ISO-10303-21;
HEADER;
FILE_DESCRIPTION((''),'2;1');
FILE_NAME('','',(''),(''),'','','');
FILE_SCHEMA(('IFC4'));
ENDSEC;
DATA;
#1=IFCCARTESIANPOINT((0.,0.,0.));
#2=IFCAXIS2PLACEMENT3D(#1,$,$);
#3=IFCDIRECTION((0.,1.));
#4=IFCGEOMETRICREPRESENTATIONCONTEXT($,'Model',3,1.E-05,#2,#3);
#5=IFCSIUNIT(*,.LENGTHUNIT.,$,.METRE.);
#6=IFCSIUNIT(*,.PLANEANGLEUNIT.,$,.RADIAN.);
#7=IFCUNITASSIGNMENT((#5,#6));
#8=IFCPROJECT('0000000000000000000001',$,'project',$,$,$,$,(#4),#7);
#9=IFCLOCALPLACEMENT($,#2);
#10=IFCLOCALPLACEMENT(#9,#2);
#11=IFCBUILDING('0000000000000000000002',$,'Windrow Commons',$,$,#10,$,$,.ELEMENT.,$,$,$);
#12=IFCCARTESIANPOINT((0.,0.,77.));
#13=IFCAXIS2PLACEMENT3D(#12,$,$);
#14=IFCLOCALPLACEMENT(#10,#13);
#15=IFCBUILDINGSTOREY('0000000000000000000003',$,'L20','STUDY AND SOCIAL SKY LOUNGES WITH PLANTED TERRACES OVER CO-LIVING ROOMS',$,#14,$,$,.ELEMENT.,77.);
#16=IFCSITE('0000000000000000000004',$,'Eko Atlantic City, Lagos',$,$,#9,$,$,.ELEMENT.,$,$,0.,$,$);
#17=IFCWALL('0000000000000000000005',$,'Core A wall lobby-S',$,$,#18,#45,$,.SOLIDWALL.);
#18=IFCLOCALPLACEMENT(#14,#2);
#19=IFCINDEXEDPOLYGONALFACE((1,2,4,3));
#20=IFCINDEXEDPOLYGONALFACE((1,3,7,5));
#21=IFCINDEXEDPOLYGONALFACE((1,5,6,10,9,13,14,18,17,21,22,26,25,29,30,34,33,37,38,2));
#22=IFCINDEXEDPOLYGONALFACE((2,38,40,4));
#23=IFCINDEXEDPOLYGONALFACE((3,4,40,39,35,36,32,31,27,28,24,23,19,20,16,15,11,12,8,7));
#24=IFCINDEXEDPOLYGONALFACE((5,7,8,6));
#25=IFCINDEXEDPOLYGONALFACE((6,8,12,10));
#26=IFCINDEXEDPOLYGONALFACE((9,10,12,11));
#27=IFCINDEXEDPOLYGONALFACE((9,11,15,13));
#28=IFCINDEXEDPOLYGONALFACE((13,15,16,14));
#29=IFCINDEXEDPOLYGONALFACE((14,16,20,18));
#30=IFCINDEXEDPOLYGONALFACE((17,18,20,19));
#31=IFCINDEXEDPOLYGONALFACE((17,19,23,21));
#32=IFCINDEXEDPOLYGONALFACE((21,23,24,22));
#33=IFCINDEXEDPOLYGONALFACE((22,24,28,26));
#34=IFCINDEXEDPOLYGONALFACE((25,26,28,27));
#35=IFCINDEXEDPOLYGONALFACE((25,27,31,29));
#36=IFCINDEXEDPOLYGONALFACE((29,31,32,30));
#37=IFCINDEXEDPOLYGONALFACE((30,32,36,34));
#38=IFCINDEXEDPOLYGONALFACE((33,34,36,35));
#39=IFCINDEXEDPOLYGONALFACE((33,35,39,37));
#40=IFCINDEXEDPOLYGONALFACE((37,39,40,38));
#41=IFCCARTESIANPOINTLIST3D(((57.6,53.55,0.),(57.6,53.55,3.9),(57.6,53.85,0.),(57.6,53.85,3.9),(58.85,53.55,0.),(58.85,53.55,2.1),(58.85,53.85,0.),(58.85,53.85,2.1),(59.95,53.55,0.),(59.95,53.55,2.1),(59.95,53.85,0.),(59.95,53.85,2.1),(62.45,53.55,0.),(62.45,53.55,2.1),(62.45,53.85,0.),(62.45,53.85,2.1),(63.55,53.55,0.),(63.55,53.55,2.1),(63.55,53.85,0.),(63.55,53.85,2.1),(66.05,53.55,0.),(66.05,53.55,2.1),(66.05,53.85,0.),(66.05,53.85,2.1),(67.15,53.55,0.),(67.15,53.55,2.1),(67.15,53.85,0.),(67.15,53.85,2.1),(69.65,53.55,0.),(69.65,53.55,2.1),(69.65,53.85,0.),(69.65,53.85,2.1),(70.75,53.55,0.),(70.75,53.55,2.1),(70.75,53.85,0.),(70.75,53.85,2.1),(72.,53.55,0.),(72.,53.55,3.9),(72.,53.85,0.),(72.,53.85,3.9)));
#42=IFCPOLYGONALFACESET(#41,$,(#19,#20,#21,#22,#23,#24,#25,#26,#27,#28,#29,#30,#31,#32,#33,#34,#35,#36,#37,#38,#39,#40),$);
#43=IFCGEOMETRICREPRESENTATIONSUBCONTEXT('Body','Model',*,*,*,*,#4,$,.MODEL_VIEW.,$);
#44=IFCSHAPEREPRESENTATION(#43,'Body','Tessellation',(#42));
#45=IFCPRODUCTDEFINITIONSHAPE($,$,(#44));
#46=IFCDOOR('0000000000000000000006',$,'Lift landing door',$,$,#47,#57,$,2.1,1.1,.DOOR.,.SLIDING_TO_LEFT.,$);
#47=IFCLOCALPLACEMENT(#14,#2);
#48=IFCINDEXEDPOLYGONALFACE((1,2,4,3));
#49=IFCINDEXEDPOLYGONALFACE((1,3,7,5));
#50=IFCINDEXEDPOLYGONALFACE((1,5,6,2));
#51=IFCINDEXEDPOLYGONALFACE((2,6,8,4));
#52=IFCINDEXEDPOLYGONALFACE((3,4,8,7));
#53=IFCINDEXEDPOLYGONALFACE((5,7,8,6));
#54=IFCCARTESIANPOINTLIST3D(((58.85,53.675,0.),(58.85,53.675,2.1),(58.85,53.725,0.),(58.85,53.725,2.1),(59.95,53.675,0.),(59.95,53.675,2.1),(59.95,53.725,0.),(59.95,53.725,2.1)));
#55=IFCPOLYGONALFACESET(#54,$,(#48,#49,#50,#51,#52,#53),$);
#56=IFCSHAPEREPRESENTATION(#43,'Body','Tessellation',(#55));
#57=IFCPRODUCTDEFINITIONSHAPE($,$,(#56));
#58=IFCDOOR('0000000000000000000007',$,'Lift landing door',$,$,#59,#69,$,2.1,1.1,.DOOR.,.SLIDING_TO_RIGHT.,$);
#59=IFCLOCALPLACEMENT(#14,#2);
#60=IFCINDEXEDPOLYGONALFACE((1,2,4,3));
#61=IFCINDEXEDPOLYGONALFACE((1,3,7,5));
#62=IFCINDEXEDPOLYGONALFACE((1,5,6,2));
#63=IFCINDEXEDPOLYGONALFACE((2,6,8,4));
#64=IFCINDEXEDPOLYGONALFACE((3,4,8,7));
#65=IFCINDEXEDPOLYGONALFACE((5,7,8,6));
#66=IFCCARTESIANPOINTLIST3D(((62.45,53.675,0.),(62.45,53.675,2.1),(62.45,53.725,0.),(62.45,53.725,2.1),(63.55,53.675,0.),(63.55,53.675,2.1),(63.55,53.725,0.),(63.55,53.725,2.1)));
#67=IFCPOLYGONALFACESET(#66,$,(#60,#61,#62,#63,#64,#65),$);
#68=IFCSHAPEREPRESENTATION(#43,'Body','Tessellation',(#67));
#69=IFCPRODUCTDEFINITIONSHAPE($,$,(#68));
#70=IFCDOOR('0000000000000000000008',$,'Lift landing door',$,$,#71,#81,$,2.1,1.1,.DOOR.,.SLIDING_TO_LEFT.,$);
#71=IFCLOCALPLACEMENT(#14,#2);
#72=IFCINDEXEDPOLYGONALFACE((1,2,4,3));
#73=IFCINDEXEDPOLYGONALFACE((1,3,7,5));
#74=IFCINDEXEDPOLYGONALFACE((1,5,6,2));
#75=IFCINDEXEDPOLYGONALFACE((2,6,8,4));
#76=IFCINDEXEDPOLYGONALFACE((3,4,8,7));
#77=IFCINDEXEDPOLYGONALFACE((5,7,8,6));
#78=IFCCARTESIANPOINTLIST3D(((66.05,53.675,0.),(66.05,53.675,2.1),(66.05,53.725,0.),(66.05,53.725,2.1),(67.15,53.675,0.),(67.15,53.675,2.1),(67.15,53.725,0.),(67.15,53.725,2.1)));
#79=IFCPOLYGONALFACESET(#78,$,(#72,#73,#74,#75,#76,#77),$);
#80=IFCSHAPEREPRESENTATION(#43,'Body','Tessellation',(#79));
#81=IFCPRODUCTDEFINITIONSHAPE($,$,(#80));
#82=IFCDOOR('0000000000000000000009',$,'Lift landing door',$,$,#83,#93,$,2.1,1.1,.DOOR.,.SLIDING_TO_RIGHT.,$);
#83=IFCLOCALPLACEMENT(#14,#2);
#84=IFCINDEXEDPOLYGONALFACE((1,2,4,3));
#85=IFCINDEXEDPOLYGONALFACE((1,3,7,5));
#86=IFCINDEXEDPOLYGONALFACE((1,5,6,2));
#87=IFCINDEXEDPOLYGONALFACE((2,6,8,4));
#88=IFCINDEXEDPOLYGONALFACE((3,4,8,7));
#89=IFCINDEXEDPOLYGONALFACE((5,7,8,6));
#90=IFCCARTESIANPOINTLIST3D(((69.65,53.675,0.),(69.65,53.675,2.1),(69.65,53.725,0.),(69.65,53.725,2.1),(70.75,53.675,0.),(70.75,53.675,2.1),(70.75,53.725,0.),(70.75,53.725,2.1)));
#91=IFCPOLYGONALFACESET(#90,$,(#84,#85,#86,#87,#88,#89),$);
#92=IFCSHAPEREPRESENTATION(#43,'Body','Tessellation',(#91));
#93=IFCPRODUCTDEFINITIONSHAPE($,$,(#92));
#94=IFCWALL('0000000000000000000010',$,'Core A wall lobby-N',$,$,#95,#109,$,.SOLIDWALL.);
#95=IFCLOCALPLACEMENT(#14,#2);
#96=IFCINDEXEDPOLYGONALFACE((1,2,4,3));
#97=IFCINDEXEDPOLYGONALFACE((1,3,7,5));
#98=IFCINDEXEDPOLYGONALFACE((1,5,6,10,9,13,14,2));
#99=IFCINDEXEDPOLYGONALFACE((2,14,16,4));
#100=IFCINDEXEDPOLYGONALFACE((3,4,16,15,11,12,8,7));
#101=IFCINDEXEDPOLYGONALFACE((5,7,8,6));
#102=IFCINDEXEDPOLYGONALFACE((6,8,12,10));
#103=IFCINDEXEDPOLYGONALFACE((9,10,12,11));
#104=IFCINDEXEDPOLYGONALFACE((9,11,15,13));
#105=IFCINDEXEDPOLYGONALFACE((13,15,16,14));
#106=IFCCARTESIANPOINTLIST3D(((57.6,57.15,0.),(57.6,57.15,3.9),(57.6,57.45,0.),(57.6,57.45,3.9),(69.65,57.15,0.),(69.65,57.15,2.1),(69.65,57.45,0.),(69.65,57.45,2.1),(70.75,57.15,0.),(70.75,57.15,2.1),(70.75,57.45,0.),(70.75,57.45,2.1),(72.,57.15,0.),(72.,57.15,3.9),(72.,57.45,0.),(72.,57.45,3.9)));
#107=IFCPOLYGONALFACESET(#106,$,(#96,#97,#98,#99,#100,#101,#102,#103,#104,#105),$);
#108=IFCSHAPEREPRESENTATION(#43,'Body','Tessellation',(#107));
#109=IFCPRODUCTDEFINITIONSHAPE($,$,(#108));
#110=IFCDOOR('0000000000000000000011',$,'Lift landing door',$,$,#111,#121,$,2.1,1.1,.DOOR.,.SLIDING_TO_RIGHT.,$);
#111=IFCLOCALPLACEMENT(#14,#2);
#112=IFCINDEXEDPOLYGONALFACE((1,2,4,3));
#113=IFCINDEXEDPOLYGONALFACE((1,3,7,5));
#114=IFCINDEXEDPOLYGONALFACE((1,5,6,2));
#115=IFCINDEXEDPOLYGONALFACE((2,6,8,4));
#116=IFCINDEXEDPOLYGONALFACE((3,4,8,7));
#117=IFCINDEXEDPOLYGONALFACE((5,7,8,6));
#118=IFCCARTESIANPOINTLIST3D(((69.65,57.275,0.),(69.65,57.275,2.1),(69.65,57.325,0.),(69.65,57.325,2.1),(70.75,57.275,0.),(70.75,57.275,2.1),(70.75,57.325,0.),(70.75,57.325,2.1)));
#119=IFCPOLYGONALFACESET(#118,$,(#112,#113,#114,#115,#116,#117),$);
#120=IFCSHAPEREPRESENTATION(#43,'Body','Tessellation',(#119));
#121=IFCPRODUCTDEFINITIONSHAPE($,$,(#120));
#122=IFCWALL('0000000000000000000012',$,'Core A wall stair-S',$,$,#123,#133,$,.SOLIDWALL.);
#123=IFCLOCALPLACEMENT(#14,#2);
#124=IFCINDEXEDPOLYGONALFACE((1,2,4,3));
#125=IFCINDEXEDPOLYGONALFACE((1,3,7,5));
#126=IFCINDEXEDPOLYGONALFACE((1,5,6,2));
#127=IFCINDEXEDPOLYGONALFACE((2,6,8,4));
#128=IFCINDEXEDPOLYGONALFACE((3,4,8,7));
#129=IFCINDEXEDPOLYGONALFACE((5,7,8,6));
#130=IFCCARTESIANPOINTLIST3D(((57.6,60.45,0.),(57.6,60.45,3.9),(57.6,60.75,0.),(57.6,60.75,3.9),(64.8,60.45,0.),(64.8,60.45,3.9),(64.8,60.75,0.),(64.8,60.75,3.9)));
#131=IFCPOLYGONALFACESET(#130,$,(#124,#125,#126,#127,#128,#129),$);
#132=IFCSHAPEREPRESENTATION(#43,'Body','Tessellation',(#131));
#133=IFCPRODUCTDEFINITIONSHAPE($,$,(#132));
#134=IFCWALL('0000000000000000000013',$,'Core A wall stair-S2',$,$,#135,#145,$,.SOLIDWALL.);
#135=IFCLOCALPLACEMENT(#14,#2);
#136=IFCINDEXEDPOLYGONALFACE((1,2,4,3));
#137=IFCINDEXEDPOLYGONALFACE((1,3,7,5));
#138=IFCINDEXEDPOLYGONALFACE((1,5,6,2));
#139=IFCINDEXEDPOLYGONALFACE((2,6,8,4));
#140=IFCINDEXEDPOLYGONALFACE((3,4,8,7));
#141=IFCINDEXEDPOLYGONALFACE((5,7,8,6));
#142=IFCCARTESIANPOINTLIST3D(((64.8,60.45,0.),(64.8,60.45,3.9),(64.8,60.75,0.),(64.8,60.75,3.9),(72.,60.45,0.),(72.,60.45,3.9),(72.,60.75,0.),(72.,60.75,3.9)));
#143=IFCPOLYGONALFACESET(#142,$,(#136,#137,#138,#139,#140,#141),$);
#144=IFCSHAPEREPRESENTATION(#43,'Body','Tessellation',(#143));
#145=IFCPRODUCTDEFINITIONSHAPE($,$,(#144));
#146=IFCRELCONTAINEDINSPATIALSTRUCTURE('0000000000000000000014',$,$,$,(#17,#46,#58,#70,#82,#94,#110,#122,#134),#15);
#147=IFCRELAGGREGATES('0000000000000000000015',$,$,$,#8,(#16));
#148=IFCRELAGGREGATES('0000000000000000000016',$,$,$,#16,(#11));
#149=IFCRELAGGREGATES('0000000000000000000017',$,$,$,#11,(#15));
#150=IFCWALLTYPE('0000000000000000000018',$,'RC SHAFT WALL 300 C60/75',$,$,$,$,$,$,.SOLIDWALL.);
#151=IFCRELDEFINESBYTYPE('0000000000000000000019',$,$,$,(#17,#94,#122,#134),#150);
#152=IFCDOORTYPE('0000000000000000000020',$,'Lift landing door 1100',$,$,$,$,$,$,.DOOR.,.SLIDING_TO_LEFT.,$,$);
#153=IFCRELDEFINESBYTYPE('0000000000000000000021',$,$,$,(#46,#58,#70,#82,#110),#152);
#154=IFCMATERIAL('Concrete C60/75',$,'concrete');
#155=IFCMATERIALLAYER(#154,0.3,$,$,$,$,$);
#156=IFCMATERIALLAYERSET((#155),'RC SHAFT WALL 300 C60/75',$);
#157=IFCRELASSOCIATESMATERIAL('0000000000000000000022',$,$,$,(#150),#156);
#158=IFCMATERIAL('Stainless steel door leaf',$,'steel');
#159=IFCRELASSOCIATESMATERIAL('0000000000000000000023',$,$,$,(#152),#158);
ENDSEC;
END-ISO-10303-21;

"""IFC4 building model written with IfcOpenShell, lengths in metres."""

from ifc_helpers import new_model, si_unit, direction, frame, frame_2d, origin, place, context, subcontext, project, spatial, rectangle, extrude, material, layer, layer_set, type_object, element, fill, save


model = new_model("IFC4")

# Units and contexts
model_context = context("Model", 3, precision=1e-05, world=origin(), true_north=direction((0.0, 1.0)))
body_context = subcontext(model_context, "Body", "Model", "MODEL_VIEW")
ifc_project = project(units=[si_unit("LENGTHUNIT", "METRE"), si_unit("PLANEANGLEUNIT", "RADIAN")], contexts=[model_context])

# Site, building, storey
site_placement = place(None, origin())
site = spatial("IfcSite", under=ifc_project, at=site_placement, Name="Eko Atlantic City, Lagos", CompositionType="ELEMENT", RefElevation=0.0)
building_placement = place(site_placement, origin())
building = spatial("IfcBuilding", under=site, at=building_placement, Name="Windrow Commons", CompositionType="ELEMENT")
storey_placement = place(building_placement, frame((0.0, 0.0, 77.0)))
storey = spatial("IfcBuildingStorey", under=building, at=storey_placement, Name="L20", Description="STUDY AND SOCIAL SKY LOUNGES WITH PLANTED TERRACES OVER CO-LIVING ROOMS", CompositionType="ELEMENT", Elevation=77.0)

# Shared definitions
ifc_material_1 = material(Name="Concrete C60/75", Category="concrete")
ifc_layer_1 = layer(ifc_material_1, 0.3)
ifc_layer_set_1 = layer_set([ifc_layer_1], Name="RC SHAFT WALL 300 C60/75")
wall_type_1 = type_object("IfcWallType", Name="RC SHAFT WALL 300 C60/75", PredefinedType="SOLIDWALL", material=ifc_layer_set_1)

# Wall, openings, doors
wall_1_placement = place(storey_placement, frame((57.6, 53.7, 0.0), z_axis=(0.0, 0.0, 1.0), x_axis=(1.0, 0.0, 0.0)))
wall_1 = element("IfcWall", 1, at=wall_1_placement, inside=storey, type_object=wall_type_1, Name="Core A wall lobby-S", PredefinedType="SOLIDWALL", context=body_context, shape_type="SweptSolid", body=[
    extrude(rectangle(XDim=14.4, YDim=0.3, at=frame_2d((7.2, 0.0))), origin(), (0.0, 0.0, 1.0), 3.9),
])
opening_1_placement = place(wall_1_placement, frame((1.25, 0.0, 0.0)))
opening_1 = element("IfcOpeningElement", 2, at=opening_1_placement, cuts=wall_1, PredefinedType="OPENING", context=body_context, shape_type="SweptSolid", body=[
    extrude(rectangle(XDim=1.1, YDim=2.1, at=frame_2d((0.55, 1.05))), frame((0.0, 0.16, 0.0), z_axis=(0.0, -1.0, 0.0), x_axis=(1.0, 0.0, 0.0)), (0.0, 0.0, 1.0), 0.32),
])
opening_2_placement = place(wall_1_placement, frame((4.85, 0.0, 0.0)))
opening_2 = element("IfcOpeningElement", 3, at=opening_2_placement, cuts=wall_1, PredefinedType="OPENING", context=body_context, shape_type="SweptSolid", body=[
    extrude(rectangle(XDim=1.1, YDim=2.1, at=frame_2d((0.55, 1.05))), frame((0.0, 0.16, 0.0), z_axis=(0.0, -1.0, 0.0), x_axis=(1.0, 0.0, 0.0)), (0.0, 0.0, 1.0), 0.32),
])
opening_3_placement = place(wall_1_placement, frame((8.45, 0.0, 0.0)))
opening_3 = element("IfcOpeningElement", 4, at=opening_3_placement, cuts=wall_1, PredefinedType="OPENING", context=body_context, shape_type="SweptSolid", body=[
    extrude(rectangle(XDim=1.1, YDim=2.1, at=frame_2d((0.55, 1.05))), frame((0.0, 0.16, 0.0), z_axis=(0.0, -1.0, 0.0), x_axis=(1.0, 0.0, 0.0)), (0.0, 0.0, 1.0), 0.32),
])
opening_4_placement = place(wall_1_placement, frame((12.05, 0.0, 0.0)))
opening_4 = element("IfcOpeningElement", 5, at=opening_4_placement, cuts=wall_1, PredefinedType="OPENING", context=body_context, shape_type="SweptSolid", body=[
    extrude(rectangle(XDim=1.1, YDim=2.1, at=frame_2d((0.55, 1.05))), frame((0.0, 0.16, 0.0), z_axis=(0.0, -1.0, 0.0), x_axis=(1.0, 0.0, 0.0)), (0.0, 0.0, 1.0), 0.32),
])
ifc_material_2 = material(Name="Stainless steel door leaf", Category="steel")
door_type_1 = type_object("IfcDoorType", Name="Lift landing door 1100", OperationType="SLIDING_TO_LEFT", PredefinedType="DOOR", material=ifc_material_2)
door_1_placement = place(opening_1_placement, origin())
door_1 = element("IfcDoor", 6, at=door_1_placement, inside=storey, type_object=door_type_1, Name="Lift landing door", OperationType="SLIDING_TO_LEFT", OverallHeight=2.1, OverallWidth=1.1, PredefinedType="DOOR", context=body_context, shape_type="SweptSolid", body=[
    extrude(rectangle(XDim=1.1, YDim=2.1, at=frame_2d((0.55, 1.05))), frame((0.0, 0.025, 0.0), z_axis=(0.0, -1.0, 0.0), x_axis=(1.0, 0.0, 0.0)), (0.0, 0.0, 1.0), 0.05),
])
fill(opening_1, door_1)
door_2_placement = place(opening_2_placement, origin())
door_2 = element("IfcDoor", 7, at=door_2_placement, inside=storey, type_object=door_type_1, Name="Lift landing door", OperationType="SLIDING_TO_RIGHT", OverallHeight=2.1, OverallWidth=1.1, PredefinedType="DOOR", context=body_context, shape_type="SweptSolid", body=[
    extrude(rectangle(XDim=1.1, YDim=2.1, at=frame_2d((0.55, 1.05))), frame((0.0, 0.025, 0.0), z_axis=(0.0, -1.0, 0.0), x_axis=(1.0, 0.0, 0.0)), (0.0, 0.0, 1.0), 0.05),
])
fill(opening_2, door_2)
door_3_placement = place(opening_3_placement, origin())
door_3 = element("IfcDoor", 8, at=door_3_placement, inside=storey, type_object=door_type_1, Name="Lift landing door", OperationType="SLIDING_TO_LEFT", OverallHeight=2.1, OverallWidth=1.1, PredefinedType="DOOR", context=body_context, shape_type="SweptSolid", body=[
    extrude(rectangle(XDim=1.1, YDim=2.1, at=frame_2d((0.55, 1.05))), frame((0.0, 0.025, 0.0), z_axis=(0.0, -1.0, 0.0), x_axis=(1.0, 0.0, 0.0)), (0.0, 0.0, 1.0), 0.05),
])
fill(opening_3, door_3)
door_4_placement = place(opening_4_placement, origin())
door_4 = element("IfcDoor", 9, at=door_4_placement, inside=storey, type_object=door_type_1, Name="Lift landing door", OperationType="SLIDING_TO_RIGHT", OverallHeight=2.1, OverallWidth=1.1, PredefinedType="DOOR", context=body_context, shape_type="SweptSolid", body=[
    extrude(rectangle(XDim=1.1, YDim=2.1, at=frame_2d((0.55, 1.05))), frame((0.0, 0.025, 0.0), z_axis=(0.0, -1.0, 0.0), x_axis=(1.0, 0.0, 0.0)), (0.0, 0.0, 1.0), 0.05),
])
fill(opening_4, door_4)

# Wall, opening, door
wall_2_placement = place(storey_placement, frame((57.6, 57.3, 0.0), z_axis=(0.0, 0.0, 1.0), x_axis=(1.0, 0.0, 0.0)))
wall_2 = element("IfcWall", 10, at=wall_2_placement, inside=storey, type_object=wall_type_1, Name="Core A wall lobby-N", PredefinedType="SOLIDWALL", context=body_context, shape_type="SweptSolid", body=[
    extrude(rectangle(XDim=14.4, YDim=0.3, at=frame_2d((7.2, 0.0))), origin(), (0.0, 0.0, 1.0), 3.9),
])
opening_5_placement = place(wall_2_placement, frame((12.05, 0.0, 0.0)))
opening_5 = element("IfcOpeningElement", 11, at=opening_5_placement, cuts=wall_2, PredefinedType="OPENING", context=body_context, shape_type="SweptSolid", body=[
    extrude(rectangle(XDim=1.1, YDim=2.1, at=frame_2d((0.55, 1.05))), frame((0.0, 0.16, 0.0), z_axis=(0.0, -1.0, 0.0), x_axis=(1.0, 0.0, 0.0)), (0.0, 0.0, 1.0), 0.32),
])
door_5_placement = place(opening_5_placement, origin())
door_5 = element("IfcDoor", 12, at=door_5_placement, inside=storey, type_object=door_type_1, Name="Lift landing door", OperationType="SLIDING_TO_RIGHT", OverallHeight=2.1, OverallWidth=1.1, PredefinedType="DOOR", context=body_context, shape_type="SweptSolid", body=[
    extrude(rectangle(XDim=1.1, YDim=2.1, at=frame_2d((0.55, 1.05))), frame((0.0, 0.025, 0.0), z_axis=(0.0, -1.0, 0.0), x_axis=(1.0, 0.0, 0.0)), (0.0, 0.0, 1.0), 0.05),
])
fill(opening_5, door_5)

# Walls
for number, where, z_axis, x_axis, name in (
    (13, (57.6, 60.6, 0.0), (0.0, 0.0, 1.0), (1.0, 0.0, 0.0), "Core A wall stair-S"),
    (14, (64.8, 60.6, 0.0), (0.0, 0.0, 1.0), (1.0, 0.0, 0.0), "Core A wall stair-S2"),
):
    element("IfcWall", number, at=place(storey_placement, frame(where, z_axis=z_axis, x_axis=x_axis)), inside=storey, type_object=wall_type_1, Name=name, PredefinedType="SOLIDWALL", context=body_context, shape_type="SweptSolid", body=[
        extrude(rectangle(XDim=7.2, YDim=0.3, at=frame_2d((3.6, 0.0))), origin(), (0.0, 0.0, 1.0), 3.9),
    ])

save(model, "model.ifc")
